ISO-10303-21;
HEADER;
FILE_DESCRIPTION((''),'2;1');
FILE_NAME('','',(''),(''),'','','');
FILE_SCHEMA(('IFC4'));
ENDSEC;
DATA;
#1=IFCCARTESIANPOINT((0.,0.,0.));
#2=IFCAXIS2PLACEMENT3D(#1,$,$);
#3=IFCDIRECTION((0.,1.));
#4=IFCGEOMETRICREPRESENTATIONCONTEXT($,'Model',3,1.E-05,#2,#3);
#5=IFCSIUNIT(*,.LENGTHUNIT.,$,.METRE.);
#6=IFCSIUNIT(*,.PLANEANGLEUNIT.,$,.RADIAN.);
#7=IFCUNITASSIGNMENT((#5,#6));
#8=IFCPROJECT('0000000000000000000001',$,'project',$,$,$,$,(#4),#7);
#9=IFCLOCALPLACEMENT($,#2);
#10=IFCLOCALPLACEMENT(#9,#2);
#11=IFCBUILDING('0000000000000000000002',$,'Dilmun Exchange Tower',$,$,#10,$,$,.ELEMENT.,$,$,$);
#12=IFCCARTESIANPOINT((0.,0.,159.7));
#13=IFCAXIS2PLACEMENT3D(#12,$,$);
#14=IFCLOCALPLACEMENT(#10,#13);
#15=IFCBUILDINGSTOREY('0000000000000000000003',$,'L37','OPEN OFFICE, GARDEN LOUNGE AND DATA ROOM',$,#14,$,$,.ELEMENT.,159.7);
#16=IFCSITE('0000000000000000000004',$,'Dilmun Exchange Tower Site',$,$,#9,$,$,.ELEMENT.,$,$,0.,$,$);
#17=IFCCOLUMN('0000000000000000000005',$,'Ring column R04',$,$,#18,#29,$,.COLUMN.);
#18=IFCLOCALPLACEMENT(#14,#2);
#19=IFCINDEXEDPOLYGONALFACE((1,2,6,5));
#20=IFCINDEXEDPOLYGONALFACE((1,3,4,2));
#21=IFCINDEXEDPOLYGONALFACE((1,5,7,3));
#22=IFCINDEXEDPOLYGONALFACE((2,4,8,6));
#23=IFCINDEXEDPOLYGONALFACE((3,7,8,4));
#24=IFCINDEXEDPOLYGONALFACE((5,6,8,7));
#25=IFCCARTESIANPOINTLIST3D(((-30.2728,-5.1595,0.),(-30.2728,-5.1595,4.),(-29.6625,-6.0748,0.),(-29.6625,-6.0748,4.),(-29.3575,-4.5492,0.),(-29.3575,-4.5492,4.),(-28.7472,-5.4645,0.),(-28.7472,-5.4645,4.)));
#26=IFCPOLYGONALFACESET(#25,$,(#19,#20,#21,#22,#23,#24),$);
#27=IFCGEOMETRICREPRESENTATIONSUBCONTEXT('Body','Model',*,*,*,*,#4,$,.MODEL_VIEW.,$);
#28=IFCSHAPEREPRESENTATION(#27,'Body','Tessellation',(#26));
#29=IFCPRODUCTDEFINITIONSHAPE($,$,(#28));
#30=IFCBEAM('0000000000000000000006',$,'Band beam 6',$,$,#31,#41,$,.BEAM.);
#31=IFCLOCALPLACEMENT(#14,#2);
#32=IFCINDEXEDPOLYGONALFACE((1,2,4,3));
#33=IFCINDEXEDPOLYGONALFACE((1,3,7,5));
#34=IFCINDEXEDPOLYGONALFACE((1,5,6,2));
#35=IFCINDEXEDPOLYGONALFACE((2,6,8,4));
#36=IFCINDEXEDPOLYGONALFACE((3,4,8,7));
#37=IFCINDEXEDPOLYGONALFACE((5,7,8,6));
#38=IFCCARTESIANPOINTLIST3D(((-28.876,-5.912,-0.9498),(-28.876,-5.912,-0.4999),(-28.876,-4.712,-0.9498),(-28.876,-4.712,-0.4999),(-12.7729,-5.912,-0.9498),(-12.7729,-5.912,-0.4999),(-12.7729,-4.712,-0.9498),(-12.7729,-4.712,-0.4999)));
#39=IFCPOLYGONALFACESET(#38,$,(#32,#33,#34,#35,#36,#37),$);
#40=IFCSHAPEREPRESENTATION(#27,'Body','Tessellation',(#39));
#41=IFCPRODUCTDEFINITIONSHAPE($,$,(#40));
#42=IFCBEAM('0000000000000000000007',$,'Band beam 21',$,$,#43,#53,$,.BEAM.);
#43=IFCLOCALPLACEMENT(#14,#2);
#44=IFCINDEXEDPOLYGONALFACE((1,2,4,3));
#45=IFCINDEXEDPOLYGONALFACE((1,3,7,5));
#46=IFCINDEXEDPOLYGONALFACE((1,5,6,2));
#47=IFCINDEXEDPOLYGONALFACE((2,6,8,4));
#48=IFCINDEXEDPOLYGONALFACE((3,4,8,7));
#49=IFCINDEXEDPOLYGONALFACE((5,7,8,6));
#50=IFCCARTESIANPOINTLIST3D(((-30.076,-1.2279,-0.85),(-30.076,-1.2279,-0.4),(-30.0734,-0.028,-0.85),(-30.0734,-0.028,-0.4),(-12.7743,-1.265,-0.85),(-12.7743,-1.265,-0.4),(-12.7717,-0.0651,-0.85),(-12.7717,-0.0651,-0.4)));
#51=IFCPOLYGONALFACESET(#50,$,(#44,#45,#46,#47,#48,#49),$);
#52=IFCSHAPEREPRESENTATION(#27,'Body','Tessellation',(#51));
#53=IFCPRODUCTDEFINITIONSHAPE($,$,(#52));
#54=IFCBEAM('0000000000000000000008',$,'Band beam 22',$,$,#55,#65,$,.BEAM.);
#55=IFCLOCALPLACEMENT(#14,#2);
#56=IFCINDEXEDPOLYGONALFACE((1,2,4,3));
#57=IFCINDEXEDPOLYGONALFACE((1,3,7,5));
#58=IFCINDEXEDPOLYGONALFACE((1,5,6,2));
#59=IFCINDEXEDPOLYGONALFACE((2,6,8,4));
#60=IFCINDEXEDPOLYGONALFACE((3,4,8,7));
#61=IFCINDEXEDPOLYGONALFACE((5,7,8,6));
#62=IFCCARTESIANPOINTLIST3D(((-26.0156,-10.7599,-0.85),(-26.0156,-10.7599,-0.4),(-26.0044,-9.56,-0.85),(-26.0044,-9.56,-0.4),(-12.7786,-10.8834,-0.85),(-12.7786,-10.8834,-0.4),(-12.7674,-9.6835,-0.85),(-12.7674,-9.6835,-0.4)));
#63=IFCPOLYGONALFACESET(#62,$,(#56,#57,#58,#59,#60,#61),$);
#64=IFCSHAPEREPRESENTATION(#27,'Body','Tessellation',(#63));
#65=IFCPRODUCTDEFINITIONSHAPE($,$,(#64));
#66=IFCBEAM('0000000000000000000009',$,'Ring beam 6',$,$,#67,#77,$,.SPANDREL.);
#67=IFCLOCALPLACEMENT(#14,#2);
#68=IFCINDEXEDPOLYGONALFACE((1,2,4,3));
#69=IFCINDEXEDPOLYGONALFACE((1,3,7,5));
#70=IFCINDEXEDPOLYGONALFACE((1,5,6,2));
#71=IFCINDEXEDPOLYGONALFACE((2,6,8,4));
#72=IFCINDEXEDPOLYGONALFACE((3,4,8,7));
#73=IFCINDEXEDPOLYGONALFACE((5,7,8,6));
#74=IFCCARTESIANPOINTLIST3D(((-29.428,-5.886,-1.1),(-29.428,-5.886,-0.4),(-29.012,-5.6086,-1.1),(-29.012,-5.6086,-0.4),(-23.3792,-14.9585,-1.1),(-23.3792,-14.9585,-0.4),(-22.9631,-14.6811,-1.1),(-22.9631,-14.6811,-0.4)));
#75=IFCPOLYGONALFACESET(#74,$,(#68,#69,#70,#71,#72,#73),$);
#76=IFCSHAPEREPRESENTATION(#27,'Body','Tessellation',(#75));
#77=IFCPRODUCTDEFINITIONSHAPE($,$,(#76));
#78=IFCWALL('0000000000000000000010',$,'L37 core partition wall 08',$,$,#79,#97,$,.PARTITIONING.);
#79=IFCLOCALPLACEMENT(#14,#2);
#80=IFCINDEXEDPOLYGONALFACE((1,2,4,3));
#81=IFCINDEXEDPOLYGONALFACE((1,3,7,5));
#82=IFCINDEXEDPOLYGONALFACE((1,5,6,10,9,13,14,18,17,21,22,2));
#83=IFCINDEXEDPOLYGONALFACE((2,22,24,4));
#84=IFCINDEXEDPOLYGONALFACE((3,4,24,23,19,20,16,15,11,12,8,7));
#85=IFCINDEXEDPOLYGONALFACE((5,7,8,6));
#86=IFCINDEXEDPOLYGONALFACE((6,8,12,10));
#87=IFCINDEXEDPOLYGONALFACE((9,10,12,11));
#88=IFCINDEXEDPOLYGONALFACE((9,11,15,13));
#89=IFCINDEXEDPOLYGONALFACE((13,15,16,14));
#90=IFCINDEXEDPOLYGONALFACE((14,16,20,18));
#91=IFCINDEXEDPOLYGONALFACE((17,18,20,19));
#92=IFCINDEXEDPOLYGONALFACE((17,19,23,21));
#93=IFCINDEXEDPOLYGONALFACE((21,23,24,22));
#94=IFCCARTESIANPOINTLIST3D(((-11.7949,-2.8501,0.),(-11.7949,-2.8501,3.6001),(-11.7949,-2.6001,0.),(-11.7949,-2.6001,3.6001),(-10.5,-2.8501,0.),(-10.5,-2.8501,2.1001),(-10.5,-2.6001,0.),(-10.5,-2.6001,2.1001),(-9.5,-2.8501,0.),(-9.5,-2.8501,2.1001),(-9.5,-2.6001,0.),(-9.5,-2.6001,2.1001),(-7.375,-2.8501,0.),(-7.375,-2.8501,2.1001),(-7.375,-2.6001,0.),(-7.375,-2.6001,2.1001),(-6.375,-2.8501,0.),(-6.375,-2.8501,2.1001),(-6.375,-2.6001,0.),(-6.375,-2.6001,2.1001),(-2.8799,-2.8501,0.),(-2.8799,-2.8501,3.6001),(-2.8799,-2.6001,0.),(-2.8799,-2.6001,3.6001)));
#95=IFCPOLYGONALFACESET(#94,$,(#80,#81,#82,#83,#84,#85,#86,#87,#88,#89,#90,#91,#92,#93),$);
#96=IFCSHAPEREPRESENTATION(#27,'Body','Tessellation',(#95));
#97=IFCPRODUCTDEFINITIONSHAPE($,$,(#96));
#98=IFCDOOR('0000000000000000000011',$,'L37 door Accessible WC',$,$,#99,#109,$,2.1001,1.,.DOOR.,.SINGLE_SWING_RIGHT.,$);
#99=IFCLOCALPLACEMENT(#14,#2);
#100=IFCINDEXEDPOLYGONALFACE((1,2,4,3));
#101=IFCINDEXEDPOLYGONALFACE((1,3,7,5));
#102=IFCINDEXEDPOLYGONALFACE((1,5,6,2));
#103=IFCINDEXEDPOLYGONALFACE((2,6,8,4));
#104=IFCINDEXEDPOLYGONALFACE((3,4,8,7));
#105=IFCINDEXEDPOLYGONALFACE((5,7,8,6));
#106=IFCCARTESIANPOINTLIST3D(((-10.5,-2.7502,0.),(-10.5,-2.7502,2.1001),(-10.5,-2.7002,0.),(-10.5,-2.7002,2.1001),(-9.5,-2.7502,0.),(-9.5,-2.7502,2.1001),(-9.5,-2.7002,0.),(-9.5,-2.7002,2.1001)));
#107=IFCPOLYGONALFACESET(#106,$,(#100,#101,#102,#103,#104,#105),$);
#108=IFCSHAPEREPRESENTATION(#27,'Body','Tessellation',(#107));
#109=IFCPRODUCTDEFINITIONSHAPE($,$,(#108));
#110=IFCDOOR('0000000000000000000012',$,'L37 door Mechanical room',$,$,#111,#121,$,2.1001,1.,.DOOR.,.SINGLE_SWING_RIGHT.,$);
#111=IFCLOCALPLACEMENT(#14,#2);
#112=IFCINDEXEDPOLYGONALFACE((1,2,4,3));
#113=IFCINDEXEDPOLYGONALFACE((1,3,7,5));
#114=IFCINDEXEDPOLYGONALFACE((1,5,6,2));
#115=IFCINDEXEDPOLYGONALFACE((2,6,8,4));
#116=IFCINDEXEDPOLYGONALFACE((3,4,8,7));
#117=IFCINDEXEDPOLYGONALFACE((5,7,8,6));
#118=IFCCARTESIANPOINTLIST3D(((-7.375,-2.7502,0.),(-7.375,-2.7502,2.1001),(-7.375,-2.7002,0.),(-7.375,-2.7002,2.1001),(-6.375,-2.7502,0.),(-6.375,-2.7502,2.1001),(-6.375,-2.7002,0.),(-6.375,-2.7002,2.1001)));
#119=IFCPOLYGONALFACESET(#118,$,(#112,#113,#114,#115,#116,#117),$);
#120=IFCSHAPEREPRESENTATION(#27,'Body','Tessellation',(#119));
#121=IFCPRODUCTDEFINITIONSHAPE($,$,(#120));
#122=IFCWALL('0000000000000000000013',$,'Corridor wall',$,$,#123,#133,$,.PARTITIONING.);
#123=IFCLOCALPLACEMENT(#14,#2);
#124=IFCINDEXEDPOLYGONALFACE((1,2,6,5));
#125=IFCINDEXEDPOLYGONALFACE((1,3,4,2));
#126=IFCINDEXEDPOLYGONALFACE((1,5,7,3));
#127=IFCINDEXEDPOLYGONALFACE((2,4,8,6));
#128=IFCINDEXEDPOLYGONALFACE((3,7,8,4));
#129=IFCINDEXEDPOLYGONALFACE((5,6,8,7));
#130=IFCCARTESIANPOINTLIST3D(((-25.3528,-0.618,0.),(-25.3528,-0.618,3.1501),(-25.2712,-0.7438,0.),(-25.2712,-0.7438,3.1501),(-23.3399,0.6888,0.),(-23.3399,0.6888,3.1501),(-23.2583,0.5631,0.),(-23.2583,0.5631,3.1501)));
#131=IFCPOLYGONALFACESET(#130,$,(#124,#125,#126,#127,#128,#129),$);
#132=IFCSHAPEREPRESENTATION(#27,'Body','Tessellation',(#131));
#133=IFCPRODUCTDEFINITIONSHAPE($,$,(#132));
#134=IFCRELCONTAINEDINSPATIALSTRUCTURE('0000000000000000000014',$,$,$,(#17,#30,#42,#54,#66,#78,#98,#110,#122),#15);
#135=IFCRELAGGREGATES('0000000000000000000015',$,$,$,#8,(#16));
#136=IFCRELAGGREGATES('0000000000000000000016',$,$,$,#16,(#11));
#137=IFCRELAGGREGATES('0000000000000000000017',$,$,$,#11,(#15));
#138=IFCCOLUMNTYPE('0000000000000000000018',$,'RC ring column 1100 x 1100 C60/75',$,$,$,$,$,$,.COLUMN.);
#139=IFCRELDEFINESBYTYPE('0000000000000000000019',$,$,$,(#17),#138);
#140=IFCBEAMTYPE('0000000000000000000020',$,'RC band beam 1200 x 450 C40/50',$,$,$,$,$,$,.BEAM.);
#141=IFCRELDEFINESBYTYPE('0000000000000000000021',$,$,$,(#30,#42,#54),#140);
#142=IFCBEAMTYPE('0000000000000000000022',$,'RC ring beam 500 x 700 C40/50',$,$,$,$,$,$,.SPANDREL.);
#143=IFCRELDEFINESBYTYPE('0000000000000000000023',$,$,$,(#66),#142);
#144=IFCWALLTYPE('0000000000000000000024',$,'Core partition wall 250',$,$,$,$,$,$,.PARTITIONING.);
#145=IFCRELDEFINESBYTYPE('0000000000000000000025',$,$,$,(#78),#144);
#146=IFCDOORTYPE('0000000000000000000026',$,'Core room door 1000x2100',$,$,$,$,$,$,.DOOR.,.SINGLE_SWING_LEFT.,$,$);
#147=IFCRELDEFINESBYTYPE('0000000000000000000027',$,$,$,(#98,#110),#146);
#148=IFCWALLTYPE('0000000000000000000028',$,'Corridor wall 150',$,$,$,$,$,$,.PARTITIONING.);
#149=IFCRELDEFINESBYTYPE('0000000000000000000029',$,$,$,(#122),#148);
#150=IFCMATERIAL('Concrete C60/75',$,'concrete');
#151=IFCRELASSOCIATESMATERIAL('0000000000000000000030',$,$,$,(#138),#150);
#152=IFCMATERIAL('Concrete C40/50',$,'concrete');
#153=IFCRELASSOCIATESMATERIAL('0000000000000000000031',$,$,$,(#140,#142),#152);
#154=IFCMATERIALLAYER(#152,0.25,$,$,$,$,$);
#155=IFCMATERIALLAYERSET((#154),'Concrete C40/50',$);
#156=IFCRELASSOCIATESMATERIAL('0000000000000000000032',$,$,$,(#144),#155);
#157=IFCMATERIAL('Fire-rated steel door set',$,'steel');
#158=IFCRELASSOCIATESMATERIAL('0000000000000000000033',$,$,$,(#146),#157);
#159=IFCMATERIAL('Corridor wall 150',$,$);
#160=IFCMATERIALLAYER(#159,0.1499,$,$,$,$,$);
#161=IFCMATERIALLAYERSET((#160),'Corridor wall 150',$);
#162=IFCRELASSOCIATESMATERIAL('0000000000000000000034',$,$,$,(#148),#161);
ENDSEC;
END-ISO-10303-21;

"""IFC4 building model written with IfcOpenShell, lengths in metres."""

from ifc_helpers import new_model, si_unit, direction, frame, frame_2d, origin, origin_2d, place, context, subcontext, project, spatial, rectangle, extrude, material, layer, layer_set, material_profile, profile_set, type_object, element, fill, save


model = new_model("IFC4")

# Units and contexts
model_context = context("Model", 3, precision=1e-05, world=origin(), true_north=direction((0.0, 1.0)))
body_context = subcontext(model_context, "Body", "Model", "MODEL_VIEW")
ifc_project = project(units=[si_unit("LENGTHUNIT", "METRE"), si_unit("PLANEANGLEUNIT", "RADIAN")], contexts=[model_context])

# Site, building, storey
site_placement = place(None, origin())
site = spatial("IfcSite", under=ifc_project, at=site_placement, Name="Dilmun Exchange Tower Site", CompositionType="ELEMENT", RefElevation=0.0)
building_placement = place(site_placement, origin())
building = spatial("IfcBuilding", under=site, at=building_placement, Name="Dilmun Exchange Tower", CompositionType="ELEMENT")
storey_placement = place(building_placement, frame((0.0, 0.0, 159.7)))
storey = spatial("IfcBuildingStorey", under=building, at=storey_placement, Name="L37", Description="OPEN OFFICE, GARDEN LOUNGE AND DATA ROOM", CompositionType="ELEMENT", Elevation=159.7)

# Column
ifc_material_1 = material(Name="Concrete C60/75", Category="concrete")
ifc_material_profile_1 = material_profile(ifc_material_1, rectangle(XDim=1.1001, YDim=1.1001, at=origin_2d()), Name="1100 x 1100")
ifc_profile_set_1 = profile_set([ifc_material_profile_1], Name="Concrete C60/75")
column_type = type_object("IfcColumnType", Name="RC ring column 1100 x 1100 C60/75", PredefinedType="COLUMN", material=ifc_profile_set_1)
column_placement = place(storey_placement, frame((-29.51, -5.312, 0.0), z_axis=(0.0, 0.0, 1.0), x_axis=(0.832029, 0.554733, 0.0)))
element("IfcColumn", 1, at=column_placement, inside=storey, type_object=column_type, Name="Ring column R04", PredefinedType="COLUMN", context=body_context, shape_type="SweptSolid", body=[
    extrude(rectangle(XDim=1.1001, YDim=1.1001, at=origin_2d()), origin(), (0.0, 0.0, 1.0), 4.0),
])

# Beams
ifc_material_2 = material(Name="Concrete C40/50", Category="concrete")
ifc_material_profile_2 = material_profile(ifc_material_2, rectangle(XDim=1.2, YDim=0.45, at=origin_2d()), Name="1200 x 450")
ifc_profile_set_2 = profile_set([ifc_material_profile_2], Name="Concrete C40/50")
beam_type_1 = type_object("IfcBeamType", Name="RC band beam 1200 x 450 C40/50", PredefinedType="BEAM", material=ifc_profile_set_2)
beam_1_placement = place(storey_placement, frame((-28.876, -5.312, -0.7249), z_axis=(1.0, 0.0, 0.0), x_axis=(0.0, 1.0, 0.0)))
element("IfcBeam", 2, at=beam_1_placement, inside=storey, type_object=beam_type_1, Name="Band beam 6", PredefinedType="BEAM", context=body_context, shape_type="SweptSolid", body=[
    extrude(rectangle(XDim=1.2, YDim=0.45, at=origin_2d()), origin(), (0.0, 0.0, 1.0), 16.103),
])
beam_2_placement = place(storey_placement, frame((-30.0747, -0.6279, -0.625), z_axis=(0.999998, -0.002145, 0.0), x_axis=(0.002145, 0.999998, 0.0)))
element("IfcBeam", 3, at=beam_2_placement, inside=storey, type_object=beam_type_1, Name="Band beam 21", PredefinedType="BEAM", context=body_context, shape_type="SweptSolid", body=[
    extrude(rectangle(XDim=1.2, YDim=0.45, at=origin_2d()), origin(), (0.0, 0.0, 1.0), 17.3018),
])
beam_3_placement = place(storey_placement, frame((-26.01, -10.1599, -0.625), z_axis=(0.999956, -0.009332, 0.0), x_axis=(0.009332, 0.999956, 0.0)))
element("IfcBeam", 4, at=beam_3_placement, inside=storey, type_object=beam_type_1, Name="Band beam 22", PredefinedType="BEAM", context=body_context, shape_type="SweptSolid", body=[
    extrude(rectangle(XDim=1.2, YDim=0.45, at=origin_2d()), origin(), (0.0, 0.0, 1.0), 13.2375),
])
ifc_material_profile_3 = material_profile(ifc_material_2, rectangle(XDim=0.5, YDim=0.7, at=origin_2d()), Name="500 x 700")
ifc_profile_set_3 = profile_set([ifc_material_profile_3], Name="Concrete C40/50")
beam_type_2 = type_object("IfcBeamType", Name="RC ring beam 500 x 700 C40/50", PredefinedType="SPANDREL", material=ifc_profile_set_3)
beam_4_placement = place(storey_placement, frame((-29.22, -5.7473, -0.75), z_axis=(0.554731, -0.83203, 0.0), x_axis=(0.83203, 0.554731, 0.0)))
element("IfcBeam", 5, at=beam_4_placement, inside=storey, type_object=beam_type_2, Name="Ring beam 6", PredefinedType="SPANDREL", context=body_context, shape_type="SweptSolid", body=[
    extrude(rectangle(XDim=0.5, YDim=0.7, at=origin_2d()), origin(), (0.0, 0.0, 1.0), 10.9041),
])

# Wall, openings, doors
ifc_layer_1 = layer(ifc_material_2, 0.25)
ifc_layer_set_1 = layer_set([ifc_layer_1], Name="Concrete C40/50")
wall_type_1 = type_object("IfcWallType", Name="Core partition wall 250", PredefinedType="PARTITIONING", material=ifc_layer_set_1)
wall_1_placement = place(storey_placement, frame((-11.7949, -2.7251, 0.0), z_axis=(0.0, 0.0, 1.0), x_axis=(1.0, 0.0, 0.0)))
wall_1 = element("IfcWall", 6, at=wall_1_placement, inside=storey, type_object=wall_type_1, Name="L37 core partition wall 08", PredefinedType="PARTITIONING", context=body_context, shape_type="SweptSolid", body=[
    extrude(rectangle(XDim=8.915, YDim=0.25, at=frame_2d((4.4575, 0.0))), origin(), (0.0, 0.0, 1.0), 3.6001),
])
opening_1_placement = place(wall_1_placement, frame((1.2949, 0.0, 0.0)))
opening_1 = element("IfcOpeningElement", 7, at=opening_1_placement, cuts=wall_1, PredefinedType="OPENING", context=body_context, shape_type="SweptSolid", body=[
    extrude(rectangle(XDim=1.0, YDim=2.1001, at=frame_2d((0.5, 1.05))), frame((0.0, 0.135, 0.0), z_axis=(0.0, -1.0, 0.0), x_axis=(1.0, 0.0, 0.0)), (0.0, 0.0, 1.0), 0.27),
])
opening_2_placement = place(wall_1_placement, frame((4.4199, 0.0, 0.0)))
opening_2 = element("IfcOpeningElement", 8, at=opening_2_placement, cuts=wall_1, PredefinedType="OPENING", context=body_context, shape_type="SweptSolid", body=[
    extrude(rectangle(XDim=1.0, YDim=2.1001, at=frame_2d((0.5, 1.05))), frame((0.0, 0.135, 0.0), z_axis=(0.0, -1.0, 0.0), x_axis=(1.0, 0.0, 0.0)), (0.0, 0.0, 1.0), 0.27),
])
ifc_material_3 = material(Name="Fire-rated steel door set", Category="steel")
door_type_1 = type_object("IfcDoorType", Name="Core room door 1000x2100", OperationType="SINGLE_SWING_LEFT", PredefinedType="DOOR", material=ifc_material_3)
door_1_placement = place(opening_1_placement, origin())
door_1 = element("IfcDoor", 9, at=door_1_placement, inside=storey, type_object=door_type_1, Name="L37 door Accessible WC", OperationType="SINGLE_SWING_RIGHT", OverallHeight=2.1001, OverallWidth=1.0, PredefinedType="DOOR", context=body_context, shape_type="SweptSolid", body=[
    extrude(rectangle(XDim=1.0, YDim=2.1001, at=frame_2d((0.5, 1.05))), frame((0.0, 0.0249, 0.0), z_axis=(0.0, -1.0, 0.0), x_axis=(1.0, 0.0, 0.0)), (0.0, 0.0, 1.0), 0.05),
])
fill(opening_1, door_1)
door_2_placement = place(opening_2_placement, origin())
door_2 = element("IfcDoor", 10, at=door_2_placement, inside=storey, type_object=door_type_1, Name="L37 door Mechanical room", OperationType="SINGLE_SWING_RIGHT", OverallHeight=2.1001, OverallWidth=1.0, PredefinedType="DOOR", context=body_context, shape_type="SweptSolid", body=[
    extrude(rectangle(XDim=1.0, YDim=2.1001, at=frame_2d((0.5, 1.05))), frame((0.0, 0.0249, 0.0), z_axis=(0.0, -1.0, 0.0), x_axis=(1.0, 0.0, 0.0)), (0.0, 0.0, 1.0), 0.05),
])
fill(opening_2, door_2)

# Wall
ifc_material_4 = material(Name="Corridor wall 150")
ifc_layer_2 = layer(ifc_material_4, 0.1499)
ifc_layer_set_2 = layer_set([ifc_layer_2], Name="Corridor wall 150")
wall_type_2 = type_object("IfcWallType", Name="Corridor wall 150", PredefinedType="PARTITIONING", material=ifc_layer_set_2)
wall_2_placement = place(storey_placement, frame((-25.312, -0.6809, 0.0), z_axis=(0.0, 0.0, 1.0), x_axis=(0.838734, 0.544541, 0.0)))
element("IfcWall", 11, at=wall_2_placement, inside=storey, type_object=wall_type_2, Name="Corridor wall", PredefinedType="PARTITIONING", context=body_context, shape_type="SweptSolid", body=[
    extrude(rectangle(XDim=2.3999, YDim=0.1499, at=frame_2d((1.2, 0.0))), origin(), (0.0, 0.0, 1.0), 3.1501),
])

save(model, "model.ifc")
